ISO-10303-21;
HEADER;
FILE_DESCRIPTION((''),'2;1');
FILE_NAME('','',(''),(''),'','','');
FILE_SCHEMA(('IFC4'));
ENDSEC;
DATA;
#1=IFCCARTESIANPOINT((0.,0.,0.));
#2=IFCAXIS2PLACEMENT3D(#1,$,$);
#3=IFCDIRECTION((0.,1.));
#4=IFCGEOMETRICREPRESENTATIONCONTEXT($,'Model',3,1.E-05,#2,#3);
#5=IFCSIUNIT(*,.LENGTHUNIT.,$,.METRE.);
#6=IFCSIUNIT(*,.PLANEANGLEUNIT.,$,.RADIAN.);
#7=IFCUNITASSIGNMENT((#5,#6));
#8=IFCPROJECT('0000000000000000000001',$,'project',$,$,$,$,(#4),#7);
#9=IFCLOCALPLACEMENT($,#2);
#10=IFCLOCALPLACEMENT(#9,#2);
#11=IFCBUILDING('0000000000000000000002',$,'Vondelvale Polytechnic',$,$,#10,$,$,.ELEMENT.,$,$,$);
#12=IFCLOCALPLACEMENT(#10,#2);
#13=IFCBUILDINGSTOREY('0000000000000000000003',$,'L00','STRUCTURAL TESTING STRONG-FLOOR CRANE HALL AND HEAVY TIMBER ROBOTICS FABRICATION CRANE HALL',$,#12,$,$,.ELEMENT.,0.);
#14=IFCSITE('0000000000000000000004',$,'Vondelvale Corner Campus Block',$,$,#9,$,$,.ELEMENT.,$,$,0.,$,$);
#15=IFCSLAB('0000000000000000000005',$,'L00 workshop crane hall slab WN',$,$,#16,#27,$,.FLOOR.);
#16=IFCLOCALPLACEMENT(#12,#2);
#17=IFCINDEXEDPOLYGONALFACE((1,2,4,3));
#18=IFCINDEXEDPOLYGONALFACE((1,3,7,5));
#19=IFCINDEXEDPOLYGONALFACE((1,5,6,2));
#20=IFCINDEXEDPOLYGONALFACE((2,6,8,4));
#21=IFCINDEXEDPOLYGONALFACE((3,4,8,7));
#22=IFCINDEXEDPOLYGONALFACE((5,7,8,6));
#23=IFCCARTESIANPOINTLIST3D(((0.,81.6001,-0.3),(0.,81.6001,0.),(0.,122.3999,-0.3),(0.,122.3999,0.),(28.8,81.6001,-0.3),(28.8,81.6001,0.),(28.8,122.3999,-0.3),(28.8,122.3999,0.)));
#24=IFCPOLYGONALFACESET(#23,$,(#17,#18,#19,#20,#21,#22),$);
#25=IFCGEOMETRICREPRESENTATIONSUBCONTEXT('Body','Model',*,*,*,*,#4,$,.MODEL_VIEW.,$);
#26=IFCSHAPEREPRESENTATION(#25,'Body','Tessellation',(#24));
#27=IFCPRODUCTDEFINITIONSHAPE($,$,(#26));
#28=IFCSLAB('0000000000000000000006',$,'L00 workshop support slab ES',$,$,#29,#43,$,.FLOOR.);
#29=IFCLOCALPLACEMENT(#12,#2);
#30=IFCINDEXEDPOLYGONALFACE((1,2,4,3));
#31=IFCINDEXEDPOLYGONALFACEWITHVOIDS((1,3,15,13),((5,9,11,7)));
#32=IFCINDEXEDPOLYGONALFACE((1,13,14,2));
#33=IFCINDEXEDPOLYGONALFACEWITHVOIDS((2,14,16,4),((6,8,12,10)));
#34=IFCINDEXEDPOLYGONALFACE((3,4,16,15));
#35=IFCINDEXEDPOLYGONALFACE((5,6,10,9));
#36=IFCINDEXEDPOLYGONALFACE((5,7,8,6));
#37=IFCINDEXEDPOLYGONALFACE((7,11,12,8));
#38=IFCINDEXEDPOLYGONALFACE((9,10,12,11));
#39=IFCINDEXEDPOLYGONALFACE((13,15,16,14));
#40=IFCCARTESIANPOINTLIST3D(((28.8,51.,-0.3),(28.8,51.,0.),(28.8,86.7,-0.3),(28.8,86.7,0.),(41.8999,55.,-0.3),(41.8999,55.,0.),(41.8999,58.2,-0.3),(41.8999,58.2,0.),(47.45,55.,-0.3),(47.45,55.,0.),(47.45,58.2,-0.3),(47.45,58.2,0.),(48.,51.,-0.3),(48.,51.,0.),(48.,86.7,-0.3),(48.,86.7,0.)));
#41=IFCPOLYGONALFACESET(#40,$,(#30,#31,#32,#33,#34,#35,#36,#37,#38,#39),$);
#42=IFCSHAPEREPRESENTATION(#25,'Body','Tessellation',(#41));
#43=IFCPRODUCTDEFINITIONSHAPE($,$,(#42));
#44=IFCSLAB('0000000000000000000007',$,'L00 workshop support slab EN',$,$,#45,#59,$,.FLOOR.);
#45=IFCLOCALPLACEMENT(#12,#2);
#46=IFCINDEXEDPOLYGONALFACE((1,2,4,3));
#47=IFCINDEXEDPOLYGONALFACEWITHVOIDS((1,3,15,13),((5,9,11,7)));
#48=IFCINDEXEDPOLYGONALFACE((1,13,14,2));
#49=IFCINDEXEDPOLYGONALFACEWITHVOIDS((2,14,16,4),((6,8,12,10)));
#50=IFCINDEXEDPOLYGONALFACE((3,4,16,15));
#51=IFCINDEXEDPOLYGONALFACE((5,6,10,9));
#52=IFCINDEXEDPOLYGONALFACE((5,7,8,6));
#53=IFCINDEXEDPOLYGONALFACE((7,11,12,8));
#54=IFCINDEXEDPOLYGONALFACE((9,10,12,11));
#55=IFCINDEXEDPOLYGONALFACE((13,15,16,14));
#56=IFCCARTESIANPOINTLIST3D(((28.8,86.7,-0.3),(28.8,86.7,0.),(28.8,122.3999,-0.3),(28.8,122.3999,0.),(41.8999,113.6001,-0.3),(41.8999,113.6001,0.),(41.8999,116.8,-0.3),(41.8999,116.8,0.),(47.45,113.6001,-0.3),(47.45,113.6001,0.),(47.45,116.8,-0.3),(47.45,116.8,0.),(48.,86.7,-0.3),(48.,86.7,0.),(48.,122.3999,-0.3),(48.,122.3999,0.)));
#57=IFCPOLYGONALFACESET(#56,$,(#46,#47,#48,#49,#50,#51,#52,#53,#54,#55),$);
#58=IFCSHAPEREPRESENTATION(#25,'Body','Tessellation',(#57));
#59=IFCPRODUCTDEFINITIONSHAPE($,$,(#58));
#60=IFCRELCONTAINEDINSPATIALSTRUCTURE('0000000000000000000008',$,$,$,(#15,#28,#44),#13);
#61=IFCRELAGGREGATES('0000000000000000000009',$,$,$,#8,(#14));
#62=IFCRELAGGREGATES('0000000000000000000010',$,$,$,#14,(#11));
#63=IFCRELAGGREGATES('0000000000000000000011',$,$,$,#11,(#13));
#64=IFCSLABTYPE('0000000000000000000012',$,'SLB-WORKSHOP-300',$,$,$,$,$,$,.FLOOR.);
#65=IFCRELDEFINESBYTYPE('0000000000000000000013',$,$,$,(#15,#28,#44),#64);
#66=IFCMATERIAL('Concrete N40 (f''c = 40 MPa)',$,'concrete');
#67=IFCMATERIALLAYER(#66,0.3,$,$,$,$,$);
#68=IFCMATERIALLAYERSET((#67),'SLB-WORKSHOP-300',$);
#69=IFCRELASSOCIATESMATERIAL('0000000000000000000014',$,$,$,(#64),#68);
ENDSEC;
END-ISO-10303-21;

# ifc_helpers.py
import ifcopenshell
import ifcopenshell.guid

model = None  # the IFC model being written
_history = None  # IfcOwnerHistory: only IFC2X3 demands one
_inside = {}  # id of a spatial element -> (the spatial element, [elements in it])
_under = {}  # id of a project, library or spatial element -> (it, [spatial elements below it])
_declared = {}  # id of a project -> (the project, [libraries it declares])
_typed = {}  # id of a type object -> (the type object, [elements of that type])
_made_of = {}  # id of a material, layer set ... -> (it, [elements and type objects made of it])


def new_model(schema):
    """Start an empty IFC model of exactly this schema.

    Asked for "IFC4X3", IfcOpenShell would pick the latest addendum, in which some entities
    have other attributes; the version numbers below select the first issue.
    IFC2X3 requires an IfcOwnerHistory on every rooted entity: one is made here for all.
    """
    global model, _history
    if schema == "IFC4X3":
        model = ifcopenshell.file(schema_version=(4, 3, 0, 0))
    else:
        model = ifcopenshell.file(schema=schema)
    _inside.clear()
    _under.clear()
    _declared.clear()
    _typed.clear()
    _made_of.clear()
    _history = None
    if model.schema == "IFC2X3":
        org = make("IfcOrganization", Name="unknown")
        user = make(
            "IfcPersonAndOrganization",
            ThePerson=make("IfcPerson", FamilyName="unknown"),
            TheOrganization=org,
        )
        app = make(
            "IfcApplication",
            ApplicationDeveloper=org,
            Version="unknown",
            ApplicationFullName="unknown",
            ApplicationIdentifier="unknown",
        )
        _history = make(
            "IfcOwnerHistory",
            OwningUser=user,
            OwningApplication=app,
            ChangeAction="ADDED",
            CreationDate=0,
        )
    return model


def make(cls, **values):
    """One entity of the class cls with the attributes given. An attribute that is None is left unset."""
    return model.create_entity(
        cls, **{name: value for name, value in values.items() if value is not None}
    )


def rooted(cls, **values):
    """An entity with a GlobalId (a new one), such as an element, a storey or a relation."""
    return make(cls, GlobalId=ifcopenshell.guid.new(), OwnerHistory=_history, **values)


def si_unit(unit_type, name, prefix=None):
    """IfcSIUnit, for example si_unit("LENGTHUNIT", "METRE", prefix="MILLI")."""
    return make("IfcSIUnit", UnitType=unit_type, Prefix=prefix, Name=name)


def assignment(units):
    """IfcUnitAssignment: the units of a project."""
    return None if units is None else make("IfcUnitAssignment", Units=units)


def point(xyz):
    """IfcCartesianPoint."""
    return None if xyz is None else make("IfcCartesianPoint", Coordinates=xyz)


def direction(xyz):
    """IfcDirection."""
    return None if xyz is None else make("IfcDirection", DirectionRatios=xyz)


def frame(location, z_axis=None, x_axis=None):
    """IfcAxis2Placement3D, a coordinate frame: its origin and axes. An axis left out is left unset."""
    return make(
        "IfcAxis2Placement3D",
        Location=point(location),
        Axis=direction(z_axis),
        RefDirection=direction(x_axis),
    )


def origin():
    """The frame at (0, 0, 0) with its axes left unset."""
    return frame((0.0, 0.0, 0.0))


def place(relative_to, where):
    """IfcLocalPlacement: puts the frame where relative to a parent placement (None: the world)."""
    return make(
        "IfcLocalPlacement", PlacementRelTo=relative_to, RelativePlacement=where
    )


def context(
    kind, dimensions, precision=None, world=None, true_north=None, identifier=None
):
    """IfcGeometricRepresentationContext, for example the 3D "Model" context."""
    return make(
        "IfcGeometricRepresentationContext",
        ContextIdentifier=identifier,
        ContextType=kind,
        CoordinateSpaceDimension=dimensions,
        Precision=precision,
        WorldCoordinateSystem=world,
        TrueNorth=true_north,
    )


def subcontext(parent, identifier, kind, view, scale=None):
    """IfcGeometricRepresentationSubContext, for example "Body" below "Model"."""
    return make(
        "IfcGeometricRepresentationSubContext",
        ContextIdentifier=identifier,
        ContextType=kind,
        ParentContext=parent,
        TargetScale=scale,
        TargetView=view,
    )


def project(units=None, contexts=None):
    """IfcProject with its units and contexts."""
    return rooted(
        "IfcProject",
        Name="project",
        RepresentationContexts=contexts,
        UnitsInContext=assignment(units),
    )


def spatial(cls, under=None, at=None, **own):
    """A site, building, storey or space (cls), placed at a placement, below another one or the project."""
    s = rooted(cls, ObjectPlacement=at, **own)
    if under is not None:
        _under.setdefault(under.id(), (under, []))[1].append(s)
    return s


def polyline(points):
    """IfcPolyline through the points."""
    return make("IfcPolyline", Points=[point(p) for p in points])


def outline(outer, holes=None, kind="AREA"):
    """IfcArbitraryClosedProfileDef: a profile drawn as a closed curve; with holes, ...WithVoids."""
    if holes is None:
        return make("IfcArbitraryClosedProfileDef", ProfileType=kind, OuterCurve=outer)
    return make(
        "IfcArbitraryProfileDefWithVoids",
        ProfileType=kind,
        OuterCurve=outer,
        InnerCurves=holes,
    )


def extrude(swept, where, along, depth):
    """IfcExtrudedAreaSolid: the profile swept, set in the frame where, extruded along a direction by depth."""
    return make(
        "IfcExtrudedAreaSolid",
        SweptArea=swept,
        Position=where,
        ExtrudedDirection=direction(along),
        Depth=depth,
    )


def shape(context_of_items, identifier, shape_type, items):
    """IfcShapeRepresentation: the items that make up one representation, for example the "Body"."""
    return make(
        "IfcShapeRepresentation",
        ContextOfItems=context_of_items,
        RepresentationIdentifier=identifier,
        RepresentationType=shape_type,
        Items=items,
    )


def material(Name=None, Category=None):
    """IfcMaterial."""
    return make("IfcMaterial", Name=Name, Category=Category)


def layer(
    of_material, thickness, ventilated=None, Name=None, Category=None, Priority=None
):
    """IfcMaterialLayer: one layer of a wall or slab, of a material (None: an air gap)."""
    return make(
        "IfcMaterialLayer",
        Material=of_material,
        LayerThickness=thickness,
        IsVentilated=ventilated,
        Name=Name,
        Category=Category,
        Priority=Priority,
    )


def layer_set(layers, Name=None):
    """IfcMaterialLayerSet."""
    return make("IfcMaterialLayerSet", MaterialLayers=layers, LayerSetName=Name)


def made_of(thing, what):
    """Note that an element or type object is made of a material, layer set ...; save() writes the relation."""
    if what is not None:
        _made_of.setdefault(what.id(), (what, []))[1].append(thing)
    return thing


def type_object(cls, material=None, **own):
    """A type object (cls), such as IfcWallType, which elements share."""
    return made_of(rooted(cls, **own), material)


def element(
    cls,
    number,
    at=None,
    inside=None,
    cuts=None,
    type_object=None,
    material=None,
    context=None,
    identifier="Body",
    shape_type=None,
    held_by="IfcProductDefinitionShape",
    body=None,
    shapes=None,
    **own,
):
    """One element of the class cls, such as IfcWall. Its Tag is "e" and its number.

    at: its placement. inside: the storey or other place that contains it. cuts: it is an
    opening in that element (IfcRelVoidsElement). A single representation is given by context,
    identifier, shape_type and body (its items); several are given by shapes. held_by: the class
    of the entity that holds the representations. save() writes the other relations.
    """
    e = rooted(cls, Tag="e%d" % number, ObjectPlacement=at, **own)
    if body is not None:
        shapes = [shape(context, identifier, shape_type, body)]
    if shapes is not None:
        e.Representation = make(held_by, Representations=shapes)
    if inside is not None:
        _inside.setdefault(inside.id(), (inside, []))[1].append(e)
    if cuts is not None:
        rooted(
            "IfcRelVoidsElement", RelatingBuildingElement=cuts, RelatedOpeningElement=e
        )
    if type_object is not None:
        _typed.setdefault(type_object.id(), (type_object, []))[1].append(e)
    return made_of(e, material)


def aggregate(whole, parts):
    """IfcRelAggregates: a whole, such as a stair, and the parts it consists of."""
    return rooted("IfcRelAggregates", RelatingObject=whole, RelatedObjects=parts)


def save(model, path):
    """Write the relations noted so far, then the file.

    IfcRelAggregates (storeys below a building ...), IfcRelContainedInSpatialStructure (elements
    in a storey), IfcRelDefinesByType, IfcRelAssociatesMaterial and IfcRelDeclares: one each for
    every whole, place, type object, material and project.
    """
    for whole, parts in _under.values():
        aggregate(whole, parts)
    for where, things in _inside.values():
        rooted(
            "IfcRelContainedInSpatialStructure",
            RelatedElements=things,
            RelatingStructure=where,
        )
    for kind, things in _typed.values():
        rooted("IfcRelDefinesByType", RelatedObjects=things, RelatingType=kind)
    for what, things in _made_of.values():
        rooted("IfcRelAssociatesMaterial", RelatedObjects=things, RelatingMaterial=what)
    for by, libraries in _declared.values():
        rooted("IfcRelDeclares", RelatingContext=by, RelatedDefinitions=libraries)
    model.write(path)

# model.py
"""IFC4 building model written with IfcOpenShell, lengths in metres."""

from ifc_helpers import new_model, si_unit, direction, frame, origin, place, context, subcontext, project, spatial, polyline, outline, extrude, material, layer, layer_set, type_object, element, save


model = new_model("IFC4")

# Units and contexts
model_context = context("Model", 3, precision=1e-05, world=origin(), true_north=direction((0.0, 1.0)))
body_context = subcontext(model_context, "Body", "Model", "MODEL_VIEW")
ifc_project = project(units=[si_unit("LENGTHUNIT", "METRE"), si_unit("PLANEANGLEUNIT", "RADIAN")], contexts=[model_context])

# Site, building, storey
site_placement = place(None, origin())
site = spatial("IfcSite", under=ifc_project, at=site_placement, Name="Vondelvale Corner Campus Block", CompositionType="ELEMENT", RefElevation=0.0)
building_placement = place(site_placement, origin())
building = spatial("IfcBuilding", under=site, at=building_placement, Name="Vondelvale Polytechnic", CompositionType="ELEMENT")
storey_placement = place(building_placement, origin())
storey = spatial("IfcBuildingStorey", under=building, at=storey_placement, Name="L00", Description="STRUCTURAL TESTING STRONG-FLOOR CRANE HALL AND HEAVY TIMBER ROBOTICS FABRICATION CRANE HALL", CompositionType="ELEMENT", Elevation=0.0)

# Shared definitions
ifc_material = material(Name="Concrete N40 (f'c = 40 MPa)", Category="concrete")

# Slabs
ifc_layer_1 = layer(ifc_material, 0.3)
ifc_layer_set_1 = layer_set([ifc_layer_1], Name="SLB-WORKSHOP-300")
slab_type_1 = type_object("IfcSlabType", Name="SLB-WORKSHOP-300", PredefinedType="FLOOR", material=ifc_layer_set_1)
slab_1_placement = place(storey_placement, frame((0.0, 0.0, -0.3)))
element("IfcSlab", 1, at=slab_1_placement, inside=storey, type_object=slab_type_1, Name="L00 workshop crane hall slab WN", PredefinedType="FLOOR", context=body_context, shape_type="SweptSolid", body=[
    extrude(outline(polyline([(0.0, 81.6001), (28.8, 81.6001), (28.8, 122.3999), (0.0, 122.3999), (0.0, 81.6001)])), origin(), (0.0, 0.0, 1.0), 0.3),
])
slab_2_placement = place(storey_placement, frame((0.0, 0.0, -0.3)))
element("IfcSlab", 2, at=slab_2_placement, inside=storey, type_object=slab_type_1, Name="L00 workshop support slab ES", PredefinedType="FLOOR", context=body_context, shape_type="SweptSolid", body=[
    extrude(outline(polyline([(28.8, 51.0), (48.0, 51.0), (48.0, 86.7), (28.8, 86.7), (28.8, 51.0)]), holes=[polyline([(41.8999, 55.0), (47.45, 55.0), (47.45, 58.2), (41.8999, 58.2), (41.8999, 55.0)])]), origin(), (0.0, 0.0, 1.0), 0.3),
])
slab_3_placement = place(storey_placement, frame((0.0, 0.0, -0.3)))
element("IfcSlab", 3, at=slab_3_placement, inside=storey, type_object=slab_type_1, Name="L00 workshop support slab EN", PredefinedType="FLOOR", context=body_context, shape_type="SweptSolid", body=[
    extrude(outline(polyline([(28.8, 86.7), (48.0, 86.7), (48.0, 122.3999), (28.8, 122.3999), (28.8, 86.7)]), holes=[polyline([(41.8999, 113.6001), (47.45, 113.6001), (47.45, 116.8), (41.8999, 116.8), (41.8999, 113.6001)])]), origin(), (0.0, 0.0, 1.0), 0.3),
])

save(model, "model.ifc")
